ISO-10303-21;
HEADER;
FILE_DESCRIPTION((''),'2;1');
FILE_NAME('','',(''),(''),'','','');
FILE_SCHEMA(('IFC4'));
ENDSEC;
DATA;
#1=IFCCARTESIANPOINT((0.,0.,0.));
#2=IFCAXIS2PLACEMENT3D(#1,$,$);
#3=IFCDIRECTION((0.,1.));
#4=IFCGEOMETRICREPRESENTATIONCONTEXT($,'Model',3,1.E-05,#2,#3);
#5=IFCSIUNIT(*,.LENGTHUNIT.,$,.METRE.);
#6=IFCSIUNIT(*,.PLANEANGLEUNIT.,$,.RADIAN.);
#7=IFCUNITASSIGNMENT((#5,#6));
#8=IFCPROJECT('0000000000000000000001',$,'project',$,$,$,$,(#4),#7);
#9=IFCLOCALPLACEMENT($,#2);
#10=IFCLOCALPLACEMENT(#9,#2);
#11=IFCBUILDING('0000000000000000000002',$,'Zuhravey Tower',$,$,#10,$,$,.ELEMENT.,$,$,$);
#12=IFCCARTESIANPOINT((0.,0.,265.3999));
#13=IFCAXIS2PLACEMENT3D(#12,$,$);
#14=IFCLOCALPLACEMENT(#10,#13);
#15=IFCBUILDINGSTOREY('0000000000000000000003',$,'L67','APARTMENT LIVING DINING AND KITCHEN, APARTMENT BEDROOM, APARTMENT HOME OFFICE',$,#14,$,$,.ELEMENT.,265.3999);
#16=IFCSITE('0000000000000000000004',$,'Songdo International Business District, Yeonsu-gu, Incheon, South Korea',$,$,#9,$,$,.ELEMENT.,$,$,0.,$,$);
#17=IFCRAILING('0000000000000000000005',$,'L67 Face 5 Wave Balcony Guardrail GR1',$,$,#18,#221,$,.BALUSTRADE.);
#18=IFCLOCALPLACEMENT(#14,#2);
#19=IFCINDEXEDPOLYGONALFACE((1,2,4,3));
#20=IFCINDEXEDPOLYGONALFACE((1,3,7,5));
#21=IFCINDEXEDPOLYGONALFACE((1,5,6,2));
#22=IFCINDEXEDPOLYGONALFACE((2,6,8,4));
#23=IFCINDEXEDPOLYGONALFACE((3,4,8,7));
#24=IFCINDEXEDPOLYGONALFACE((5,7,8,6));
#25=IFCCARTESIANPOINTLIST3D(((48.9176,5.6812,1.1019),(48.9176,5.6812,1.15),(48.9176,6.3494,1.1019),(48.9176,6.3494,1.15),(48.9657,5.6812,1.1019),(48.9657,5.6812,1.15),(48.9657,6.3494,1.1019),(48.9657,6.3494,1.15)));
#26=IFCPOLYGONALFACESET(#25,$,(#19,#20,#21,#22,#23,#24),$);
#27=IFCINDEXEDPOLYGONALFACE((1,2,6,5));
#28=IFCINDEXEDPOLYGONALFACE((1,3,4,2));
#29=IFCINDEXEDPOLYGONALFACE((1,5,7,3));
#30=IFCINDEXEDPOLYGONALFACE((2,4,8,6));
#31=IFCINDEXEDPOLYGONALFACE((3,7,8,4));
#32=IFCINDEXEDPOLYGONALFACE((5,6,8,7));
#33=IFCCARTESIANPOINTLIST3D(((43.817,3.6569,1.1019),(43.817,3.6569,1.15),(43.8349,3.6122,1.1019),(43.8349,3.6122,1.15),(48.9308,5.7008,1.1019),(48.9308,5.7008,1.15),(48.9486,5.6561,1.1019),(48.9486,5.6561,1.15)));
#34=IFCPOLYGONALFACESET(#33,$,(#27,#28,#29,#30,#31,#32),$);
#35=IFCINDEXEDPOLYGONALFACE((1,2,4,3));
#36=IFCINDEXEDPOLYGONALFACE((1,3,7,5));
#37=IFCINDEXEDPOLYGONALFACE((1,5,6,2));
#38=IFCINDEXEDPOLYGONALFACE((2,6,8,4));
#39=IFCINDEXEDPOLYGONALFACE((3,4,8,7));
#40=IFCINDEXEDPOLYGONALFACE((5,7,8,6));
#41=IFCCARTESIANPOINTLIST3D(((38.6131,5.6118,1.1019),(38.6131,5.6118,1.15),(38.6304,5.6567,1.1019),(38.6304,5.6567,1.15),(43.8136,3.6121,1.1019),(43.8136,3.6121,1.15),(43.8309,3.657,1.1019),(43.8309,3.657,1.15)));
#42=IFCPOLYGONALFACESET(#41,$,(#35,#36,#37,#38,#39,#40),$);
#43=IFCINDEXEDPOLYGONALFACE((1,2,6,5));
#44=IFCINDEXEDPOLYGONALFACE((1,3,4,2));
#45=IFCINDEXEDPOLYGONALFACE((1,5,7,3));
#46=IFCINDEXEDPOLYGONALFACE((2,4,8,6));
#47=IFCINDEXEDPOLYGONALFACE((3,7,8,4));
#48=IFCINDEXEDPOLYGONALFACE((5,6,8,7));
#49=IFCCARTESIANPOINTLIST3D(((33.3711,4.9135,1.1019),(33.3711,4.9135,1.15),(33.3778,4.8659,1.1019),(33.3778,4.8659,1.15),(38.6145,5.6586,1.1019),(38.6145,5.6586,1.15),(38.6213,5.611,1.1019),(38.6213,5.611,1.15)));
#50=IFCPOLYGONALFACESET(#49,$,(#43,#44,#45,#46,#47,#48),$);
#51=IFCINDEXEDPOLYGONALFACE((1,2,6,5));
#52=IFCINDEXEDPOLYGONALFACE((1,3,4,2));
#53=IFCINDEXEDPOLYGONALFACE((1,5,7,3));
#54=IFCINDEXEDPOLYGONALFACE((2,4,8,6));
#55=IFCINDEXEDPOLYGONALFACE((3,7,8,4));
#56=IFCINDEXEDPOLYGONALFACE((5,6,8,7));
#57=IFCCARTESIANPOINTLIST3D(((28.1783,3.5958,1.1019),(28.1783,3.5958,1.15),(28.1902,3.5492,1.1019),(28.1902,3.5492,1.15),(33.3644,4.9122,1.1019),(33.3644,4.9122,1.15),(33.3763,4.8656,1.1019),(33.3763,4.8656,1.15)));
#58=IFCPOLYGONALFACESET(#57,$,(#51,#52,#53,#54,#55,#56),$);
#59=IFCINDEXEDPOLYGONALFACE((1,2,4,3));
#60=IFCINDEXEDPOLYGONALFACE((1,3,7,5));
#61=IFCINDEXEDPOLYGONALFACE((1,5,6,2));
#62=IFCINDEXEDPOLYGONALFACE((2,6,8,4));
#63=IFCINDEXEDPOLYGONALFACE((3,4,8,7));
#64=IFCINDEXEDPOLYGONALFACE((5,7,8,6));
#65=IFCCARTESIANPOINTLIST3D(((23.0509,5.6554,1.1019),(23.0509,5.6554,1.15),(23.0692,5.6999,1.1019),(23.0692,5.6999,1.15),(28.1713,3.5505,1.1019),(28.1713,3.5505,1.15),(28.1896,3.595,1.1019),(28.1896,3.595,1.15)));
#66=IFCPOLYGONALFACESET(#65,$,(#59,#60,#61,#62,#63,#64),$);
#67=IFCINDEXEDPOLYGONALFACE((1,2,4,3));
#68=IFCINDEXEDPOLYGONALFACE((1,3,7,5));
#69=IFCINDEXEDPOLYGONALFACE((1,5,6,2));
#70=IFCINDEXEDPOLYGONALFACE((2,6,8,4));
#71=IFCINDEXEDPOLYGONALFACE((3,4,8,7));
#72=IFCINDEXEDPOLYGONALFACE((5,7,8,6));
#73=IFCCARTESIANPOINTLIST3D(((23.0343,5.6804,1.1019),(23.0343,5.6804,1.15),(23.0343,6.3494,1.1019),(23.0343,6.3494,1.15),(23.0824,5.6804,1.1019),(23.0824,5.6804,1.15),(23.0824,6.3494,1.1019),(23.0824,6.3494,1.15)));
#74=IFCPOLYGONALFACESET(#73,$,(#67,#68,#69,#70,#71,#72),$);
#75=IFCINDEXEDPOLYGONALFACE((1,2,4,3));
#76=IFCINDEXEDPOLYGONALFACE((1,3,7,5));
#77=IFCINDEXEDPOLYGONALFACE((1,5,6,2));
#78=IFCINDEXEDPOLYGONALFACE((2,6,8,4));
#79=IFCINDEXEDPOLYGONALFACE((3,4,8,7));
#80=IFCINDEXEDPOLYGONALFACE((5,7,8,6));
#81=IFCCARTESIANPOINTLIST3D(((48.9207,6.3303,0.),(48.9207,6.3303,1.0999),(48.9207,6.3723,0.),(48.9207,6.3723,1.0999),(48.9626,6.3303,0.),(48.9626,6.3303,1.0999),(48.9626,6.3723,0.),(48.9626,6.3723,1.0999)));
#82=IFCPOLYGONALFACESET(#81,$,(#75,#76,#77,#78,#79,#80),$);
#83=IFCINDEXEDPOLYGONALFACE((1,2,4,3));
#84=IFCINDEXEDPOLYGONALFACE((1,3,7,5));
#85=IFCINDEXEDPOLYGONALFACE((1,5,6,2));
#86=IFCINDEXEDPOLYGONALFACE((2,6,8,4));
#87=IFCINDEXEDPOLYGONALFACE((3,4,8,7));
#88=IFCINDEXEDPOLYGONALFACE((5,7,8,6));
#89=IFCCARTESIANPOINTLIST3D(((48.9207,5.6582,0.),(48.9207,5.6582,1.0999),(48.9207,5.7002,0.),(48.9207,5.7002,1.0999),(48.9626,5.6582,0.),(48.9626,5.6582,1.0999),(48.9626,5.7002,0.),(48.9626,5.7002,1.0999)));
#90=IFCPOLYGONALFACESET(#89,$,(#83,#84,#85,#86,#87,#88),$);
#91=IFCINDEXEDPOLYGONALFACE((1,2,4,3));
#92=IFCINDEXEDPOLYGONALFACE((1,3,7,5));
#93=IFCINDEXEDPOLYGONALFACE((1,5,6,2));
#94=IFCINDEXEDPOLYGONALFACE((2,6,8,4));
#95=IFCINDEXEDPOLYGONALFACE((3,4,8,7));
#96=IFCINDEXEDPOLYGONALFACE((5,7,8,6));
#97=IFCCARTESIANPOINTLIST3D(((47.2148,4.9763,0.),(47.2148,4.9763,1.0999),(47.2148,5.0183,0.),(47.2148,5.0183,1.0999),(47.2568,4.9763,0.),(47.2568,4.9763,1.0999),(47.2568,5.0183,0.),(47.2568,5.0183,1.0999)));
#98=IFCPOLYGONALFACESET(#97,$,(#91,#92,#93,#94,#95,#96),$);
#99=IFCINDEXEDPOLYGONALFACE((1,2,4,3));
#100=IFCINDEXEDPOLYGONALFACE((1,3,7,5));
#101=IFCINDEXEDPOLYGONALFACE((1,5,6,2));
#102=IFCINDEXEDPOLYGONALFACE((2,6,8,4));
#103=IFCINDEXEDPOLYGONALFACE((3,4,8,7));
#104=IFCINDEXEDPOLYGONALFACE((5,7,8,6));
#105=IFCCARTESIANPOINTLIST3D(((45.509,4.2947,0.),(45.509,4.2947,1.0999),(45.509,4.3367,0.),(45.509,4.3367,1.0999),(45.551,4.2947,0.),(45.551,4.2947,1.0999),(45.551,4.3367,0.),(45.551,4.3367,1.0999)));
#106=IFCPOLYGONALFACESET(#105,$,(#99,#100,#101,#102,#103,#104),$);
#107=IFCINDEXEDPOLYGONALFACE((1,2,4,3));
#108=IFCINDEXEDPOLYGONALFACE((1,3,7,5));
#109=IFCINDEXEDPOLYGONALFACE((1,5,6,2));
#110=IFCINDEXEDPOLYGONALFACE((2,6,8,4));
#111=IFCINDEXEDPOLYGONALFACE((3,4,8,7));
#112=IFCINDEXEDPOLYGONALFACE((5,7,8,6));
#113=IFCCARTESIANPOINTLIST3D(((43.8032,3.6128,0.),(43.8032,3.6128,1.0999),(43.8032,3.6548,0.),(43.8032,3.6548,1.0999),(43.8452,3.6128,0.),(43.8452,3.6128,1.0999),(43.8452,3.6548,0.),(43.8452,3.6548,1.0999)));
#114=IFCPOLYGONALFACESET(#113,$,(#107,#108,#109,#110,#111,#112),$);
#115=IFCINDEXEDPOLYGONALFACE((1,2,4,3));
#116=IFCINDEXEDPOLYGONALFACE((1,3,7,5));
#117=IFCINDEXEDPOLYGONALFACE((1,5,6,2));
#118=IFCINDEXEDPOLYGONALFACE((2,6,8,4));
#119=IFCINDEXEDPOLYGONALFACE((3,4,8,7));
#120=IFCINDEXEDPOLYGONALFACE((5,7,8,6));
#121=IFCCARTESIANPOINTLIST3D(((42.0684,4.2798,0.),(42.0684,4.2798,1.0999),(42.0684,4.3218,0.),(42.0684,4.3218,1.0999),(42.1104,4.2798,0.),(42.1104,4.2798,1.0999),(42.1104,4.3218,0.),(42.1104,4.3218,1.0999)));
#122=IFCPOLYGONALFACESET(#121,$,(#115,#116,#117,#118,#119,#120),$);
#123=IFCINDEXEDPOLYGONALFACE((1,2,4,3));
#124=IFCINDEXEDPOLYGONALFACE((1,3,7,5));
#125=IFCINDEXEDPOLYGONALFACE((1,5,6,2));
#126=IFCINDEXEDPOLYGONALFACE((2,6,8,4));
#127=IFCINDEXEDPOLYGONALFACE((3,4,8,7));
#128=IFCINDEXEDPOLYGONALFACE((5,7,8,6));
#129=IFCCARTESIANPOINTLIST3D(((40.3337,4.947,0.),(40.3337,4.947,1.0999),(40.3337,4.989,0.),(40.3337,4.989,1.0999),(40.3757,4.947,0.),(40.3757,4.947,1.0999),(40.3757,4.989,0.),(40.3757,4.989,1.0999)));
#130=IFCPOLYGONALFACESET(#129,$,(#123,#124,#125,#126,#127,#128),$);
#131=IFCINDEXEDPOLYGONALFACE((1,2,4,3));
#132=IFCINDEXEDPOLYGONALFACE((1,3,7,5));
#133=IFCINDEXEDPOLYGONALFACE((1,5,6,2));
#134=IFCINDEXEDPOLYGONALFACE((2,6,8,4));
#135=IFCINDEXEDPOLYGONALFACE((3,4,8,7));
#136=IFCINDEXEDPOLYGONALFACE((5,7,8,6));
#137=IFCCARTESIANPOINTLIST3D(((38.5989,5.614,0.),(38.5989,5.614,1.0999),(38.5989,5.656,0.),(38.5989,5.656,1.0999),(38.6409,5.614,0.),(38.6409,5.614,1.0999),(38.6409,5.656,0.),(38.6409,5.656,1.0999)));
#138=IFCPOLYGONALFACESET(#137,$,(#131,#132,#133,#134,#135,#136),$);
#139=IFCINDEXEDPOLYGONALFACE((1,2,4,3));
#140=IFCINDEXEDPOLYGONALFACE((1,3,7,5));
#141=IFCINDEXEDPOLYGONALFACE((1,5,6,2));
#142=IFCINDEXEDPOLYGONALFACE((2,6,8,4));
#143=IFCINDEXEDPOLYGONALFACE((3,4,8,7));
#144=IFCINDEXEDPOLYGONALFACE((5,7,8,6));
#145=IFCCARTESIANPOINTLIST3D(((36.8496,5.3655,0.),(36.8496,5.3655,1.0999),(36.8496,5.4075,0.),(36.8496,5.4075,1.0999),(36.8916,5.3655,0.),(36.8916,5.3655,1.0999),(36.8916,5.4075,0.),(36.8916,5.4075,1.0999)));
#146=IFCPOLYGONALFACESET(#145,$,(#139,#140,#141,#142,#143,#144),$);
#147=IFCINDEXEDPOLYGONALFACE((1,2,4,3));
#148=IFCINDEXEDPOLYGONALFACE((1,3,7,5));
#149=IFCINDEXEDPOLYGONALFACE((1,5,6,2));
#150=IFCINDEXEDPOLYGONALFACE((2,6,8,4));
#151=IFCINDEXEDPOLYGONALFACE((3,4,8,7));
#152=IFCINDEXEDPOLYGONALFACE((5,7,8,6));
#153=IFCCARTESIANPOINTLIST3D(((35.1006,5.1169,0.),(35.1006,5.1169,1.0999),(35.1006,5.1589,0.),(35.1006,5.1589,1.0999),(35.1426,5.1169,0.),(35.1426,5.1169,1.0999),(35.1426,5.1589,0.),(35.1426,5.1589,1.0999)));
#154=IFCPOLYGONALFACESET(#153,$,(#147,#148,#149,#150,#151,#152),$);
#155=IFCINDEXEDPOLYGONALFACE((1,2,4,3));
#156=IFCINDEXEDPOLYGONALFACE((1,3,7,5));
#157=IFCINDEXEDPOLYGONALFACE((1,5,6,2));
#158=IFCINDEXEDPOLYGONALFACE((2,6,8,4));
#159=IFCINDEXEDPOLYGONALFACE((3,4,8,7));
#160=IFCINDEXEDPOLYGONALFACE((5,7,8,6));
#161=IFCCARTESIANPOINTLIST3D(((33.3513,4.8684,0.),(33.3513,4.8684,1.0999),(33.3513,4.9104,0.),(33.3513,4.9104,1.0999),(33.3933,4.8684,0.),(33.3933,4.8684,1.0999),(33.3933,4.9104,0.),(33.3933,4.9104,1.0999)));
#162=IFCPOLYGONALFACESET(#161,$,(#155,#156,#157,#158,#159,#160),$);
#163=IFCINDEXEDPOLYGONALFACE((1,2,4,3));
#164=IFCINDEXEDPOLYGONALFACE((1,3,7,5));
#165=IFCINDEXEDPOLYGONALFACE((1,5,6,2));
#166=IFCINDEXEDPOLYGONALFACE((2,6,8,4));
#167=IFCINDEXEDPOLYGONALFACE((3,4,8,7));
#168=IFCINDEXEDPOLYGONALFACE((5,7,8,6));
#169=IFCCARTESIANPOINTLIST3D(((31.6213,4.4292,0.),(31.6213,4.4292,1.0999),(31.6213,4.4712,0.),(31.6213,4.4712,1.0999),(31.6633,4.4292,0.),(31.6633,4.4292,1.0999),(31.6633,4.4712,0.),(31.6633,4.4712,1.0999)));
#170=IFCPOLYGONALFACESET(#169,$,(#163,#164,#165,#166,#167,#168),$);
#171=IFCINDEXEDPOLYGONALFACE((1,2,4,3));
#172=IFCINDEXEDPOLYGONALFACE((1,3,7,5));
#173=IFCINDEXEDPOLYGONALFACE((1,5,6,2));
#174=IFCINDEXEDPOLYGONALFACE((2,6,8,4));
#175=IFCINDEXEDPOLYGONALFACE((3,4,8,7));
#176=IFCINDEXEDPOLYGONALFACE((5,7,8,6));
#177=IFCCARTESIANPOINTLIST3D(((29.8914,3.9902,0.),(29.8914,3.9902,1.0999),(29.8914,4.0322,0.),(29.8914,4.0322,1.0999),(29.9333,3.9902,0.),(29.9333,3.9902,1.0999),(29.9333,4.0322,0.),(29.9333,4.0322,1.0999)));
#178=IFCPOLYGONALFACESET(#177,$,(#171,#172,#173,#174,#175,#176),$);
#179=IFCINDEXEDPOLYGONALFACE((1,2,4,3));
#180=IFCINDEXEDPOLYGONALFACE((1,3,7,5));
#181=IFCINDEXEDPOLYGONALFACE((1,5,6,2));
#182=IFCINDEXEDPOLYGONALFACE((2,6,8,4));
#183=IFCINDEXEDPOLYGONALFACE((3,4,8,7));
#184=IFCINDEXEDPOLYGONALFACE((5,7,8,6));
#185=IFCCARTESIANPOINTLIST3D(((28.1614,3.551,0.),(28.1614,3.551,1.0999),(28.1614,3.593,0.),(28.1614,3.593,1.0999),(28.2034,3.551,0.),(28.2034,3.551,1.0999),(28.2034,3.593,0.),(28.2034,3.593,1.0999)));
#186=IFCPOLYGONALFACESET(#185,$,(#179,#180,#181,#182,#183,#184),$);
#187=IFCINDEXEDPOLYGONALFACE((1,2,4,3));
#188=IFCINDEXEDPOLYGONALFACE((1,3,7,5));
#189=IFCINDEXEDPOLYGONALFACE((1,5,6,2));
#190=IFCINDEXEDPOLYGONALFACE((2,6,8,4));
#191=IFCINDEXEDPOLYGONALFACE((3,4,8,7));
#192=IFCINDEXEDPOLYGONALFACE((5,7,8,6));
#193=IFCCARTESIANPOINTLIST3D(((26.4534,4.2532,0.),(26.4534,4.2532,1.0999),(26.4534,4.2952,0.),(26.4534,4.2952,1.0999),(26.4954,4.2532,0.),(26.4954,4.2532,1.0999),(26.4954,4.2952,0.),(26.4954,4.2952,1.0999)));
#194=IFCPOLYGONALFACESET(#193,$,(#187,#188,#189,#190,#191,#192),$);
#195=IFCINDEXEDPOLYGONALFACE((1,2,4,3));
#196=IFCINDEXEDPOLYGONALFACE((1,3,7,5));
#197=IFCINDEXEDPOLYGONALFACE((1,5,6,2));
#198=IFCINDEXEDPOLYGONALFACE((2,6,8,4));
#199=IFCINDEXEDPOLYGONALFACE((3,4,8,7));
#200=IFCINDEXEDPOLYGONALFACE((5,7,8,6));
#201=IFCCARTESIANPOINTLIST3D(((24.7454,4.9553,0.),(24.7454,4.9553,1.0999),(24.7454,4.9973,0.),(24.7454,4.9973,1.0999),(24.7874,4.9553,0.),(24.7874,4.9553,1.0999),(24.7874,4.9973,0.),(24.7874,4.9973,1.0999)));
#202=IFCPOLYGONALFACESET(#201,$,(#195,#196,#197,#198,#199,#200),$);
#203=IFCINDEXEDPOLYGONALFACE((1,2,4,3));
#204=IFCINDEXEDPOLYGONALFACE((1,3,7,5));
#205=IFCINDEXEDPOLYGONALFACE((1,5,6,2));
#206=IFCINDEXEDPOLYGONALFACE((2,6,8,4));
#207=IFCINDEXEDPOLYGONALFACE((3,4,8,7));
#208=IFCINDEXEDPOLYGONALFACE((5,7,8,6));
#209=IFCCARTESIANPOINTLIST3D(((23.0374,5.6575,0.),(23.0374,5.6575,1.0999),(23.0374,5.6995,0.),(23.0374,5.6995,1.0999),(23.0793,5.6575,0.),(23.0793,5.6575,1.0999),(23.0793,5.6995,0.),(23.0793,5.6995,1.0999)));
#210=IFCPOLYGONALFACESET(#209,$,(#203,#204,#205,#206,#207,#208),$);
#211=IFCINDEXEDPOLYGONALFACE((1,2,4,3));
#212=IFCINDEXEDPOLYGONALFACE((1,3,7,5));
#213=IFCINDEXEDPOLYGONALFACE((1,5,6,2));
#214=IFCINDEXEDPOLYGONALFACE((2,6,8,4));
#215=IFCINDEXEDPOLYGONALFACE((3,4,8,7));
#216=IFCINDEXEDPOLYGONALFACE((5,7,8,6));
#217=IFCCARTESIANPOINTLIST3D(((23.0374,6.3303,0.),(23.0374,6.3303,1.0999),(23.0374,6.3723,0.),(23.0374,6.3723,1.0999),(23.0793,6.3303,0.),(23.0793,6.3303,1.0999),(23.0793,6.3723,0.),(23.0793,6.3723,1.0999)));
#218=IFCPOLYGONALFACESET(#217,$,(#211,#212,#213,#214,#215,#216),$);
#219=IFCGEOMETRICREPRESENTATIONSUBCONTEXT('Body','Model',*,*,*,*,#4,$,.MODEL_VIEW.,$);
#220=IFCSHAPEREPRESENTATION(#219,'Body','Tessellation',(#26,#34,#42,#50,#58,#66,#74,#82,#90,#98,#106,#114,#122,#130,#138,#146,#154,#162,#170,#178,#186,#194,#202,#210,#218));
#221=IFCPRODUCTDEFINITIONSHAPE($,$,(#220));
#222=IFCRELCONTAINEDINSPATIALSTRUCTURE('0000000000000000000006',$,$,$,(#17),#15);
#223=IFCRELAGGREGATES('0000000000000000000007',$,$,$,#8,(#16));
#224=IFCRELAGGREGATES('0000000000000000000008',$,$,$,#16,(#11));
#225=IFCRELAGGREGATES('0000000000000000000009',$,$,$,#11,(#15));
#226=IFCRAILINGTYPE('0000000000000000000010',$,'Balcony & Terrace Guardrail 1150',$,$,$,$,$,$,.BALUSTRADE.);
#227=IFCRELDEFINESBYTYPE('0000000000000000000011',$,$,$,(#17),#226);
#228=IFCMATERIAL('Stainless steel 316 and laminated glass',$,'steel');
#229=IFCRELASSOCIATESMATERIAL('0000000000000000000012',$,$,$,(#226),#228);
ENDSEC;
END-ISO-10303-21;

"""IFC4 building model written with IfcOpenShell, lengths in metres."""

from ifc_helpers import new_model, si_unit, direction, frame, origin, origin_2d, place, context, subcontext, project, spatial, rectangle, extrude, material, type_object, element, save


model = new_model("IFC4")

# Units and contexts
model_context = context("Model", 3, precision=1e-05, world=origin(), true_north=direction((0.0, 1.0)))
body_context = subcontext(model_context, "Body", "Model", "MODEL_VIEW")
ifc_project = project(units=[si_unit("LENGTHUNIT", "METRE"), si_unit("PLANEANGLEUNIT", "RADIAN")], contexts=[model_context])

# Site, building, storey
site_placement = place(None, origin())
site = spatial("IfcSite", under=ifc_project, at=site_placement, Name="Songdo International Business District, Yeonsu-gu, Incheon, South Korea", CompositionType="ELEMENT", RefElevation=0.0)
building_placement = place(site_placement, origin())
building = spatial("IfcBuilding", under=site, at=building_placement, Name="Zuhravey Tower", CompositionType="ELEMENT")
storey_placement = place(building_placement, frame((0.0, 0.0, 265.3999)))
storey = spatial("IfcBuildingStorey", under=building, at=storey_placement, Name="L67", Description="APARTMENT LIVING DINING AND KITCHEN, APARTMENT BEDROOM, APARTMENT HOME OFFICE", CompositionType="ELEMENT", Elevation=265.3999)

# Railing
ifc_material_1 = material(Name="Stainless steel 316 and laminated glass", Category="steel")
railing_type = type_object("IfcRailingType", Name="Balcony & Terrace Guardrail 1150", PredefinedType="BALUSTRADE", material=ifc_material_1)
railing_placement = place(storey_placement, frame((48.9417, 6.3513, 0.0)))
element("IfcRailing", 1, at=railing_placement, inside=storey, type_object=railing_type, Name="L67 Face 5 Wave Balcony Guardrail GR1", PredefinedType="BALUSTRADE", context=body_context, shape_type="SweptSolid", body=[
    extrude(rectangle(XDim=0.0481, YDim=0.0481, at=origin_2d()), frame((0.0, -0.002, 1.126), z_axis=(0.0, -1.0, 0.0), x_axis=(1.0, 0.0, 0.0)), (0.0, 0.0, 1.0), 0.6682),
    extrude(rectangle(XDim=0.0481, YDim=0.0481, at=origin_2d()), frame((-0.002, -0.6729, 1.126), z_axis=(-0.928574, -0.371146, 0.0), x_axis=(0.371146, -0.928574, 0.0)), (0.0, 0.0, 1.0), 5.5071),
    extrude(rectangle(XDim=0.0481, YDim=0.0481, at=origin_2d()), frame((-5.1194, -2.7168, 1.126), z_axis=(-0.933373, 0.358909, 0.0), x_axis=(-0.358909, -0.933373, 0.0)), (0.0, 0.0, 1.0), 5.5718),
    extrude(rectangle(XDim=0.0481, YDim=0.0481, at=origin_2d()), frame((-10.3237, -0.7166, 1.126), z_axis=(-0.990056, -0.140673, 0.0), x_axis=(0.140673, -0.990056, 0.0)), (0.0, 0.0, 1.0), 5.2961),
    extrude(rectangle(XDim=0.0481, YDim=0.0481, at=origin_2d()), frame((-15.5713, -1.4624, 1.126), z_axis=(-0.969262, -0.246031, 0.0), x_axis=(0.246031, -0.969262, 0.0)), (0.0, 0.0, 1.0), 5.3506),
    extrude(rectangle(XDim=0.0481, YDim=0.0481, at=origin_2d()), frame((-20.7612, -2.7786, 1.126), z_axis=(-0.924897, 0.380218, 0.0), x_axis=(-0.380218, -0.924897, 0.0)), (0.0, 0.0, 1.0), 5.5361),
    extrude(rectangle(XDim=0.0481, YDim=0.0481, at=origin_2d()), frame((-25.8833, -0.6709, 1.126), z_axis=(0.0, 1.0, 0.0), x_axis=(-1.0, 0.0, 0.0)), (0.0, 0.0, 1.0), 0.6689),
    extrude(rectangle(XDim=0.042, YDim=0.042, at=origin_2d()), origin(), (0.0, 0.0, 1.0), 1.0999),
    extrude(rectangle(XDim=0.042, YDim=0.042, at=origin_2d()), frame((0.0, -0.6721, 0.0)), (0.0, 0.0, 1.0), 1.0999),
    extrude(rectangle(XDim=0.042, YDim=0.042, at=origin_2d()), frame((-1.7058, -1.354, 0.0)), (0.0, 0.0, 1.0), 1.0999),
    extrude(rectangle(XDim=0.042, YDim=0.042, at=origin_2d()), frame((-3.4116, -2.0356, 0.0)), (0.0, 0.0, 1.0), 1.0999),
    extrude(rectangle(XDim=0.042, YDim=0.042, at=origin_2d()), frame((-5.1174, -2.7175, 0.0)), (0.0, 0.0, 1.0), 1.0999),
    extrude(rectangle(XDim=0.042, YDim=0.042, at=origin_2d()), frame((-6.8523, -2.0505, 0.0)), (0.0, 0.0, 1.0), 1.0999),
    extrude(rectangle(XDim=0.042, YDim=0.042, at=origin_2d()), frame((-8.5869, -1.3833, 0.0)), (0.0, 0.0, 1.0), 1.0999),
    extrude(rectangle(XDim=0.042, YDim=0.042, at=origin_2d()), frame((-10.3218, -0.7163, 0.0)), (0.0, 0.0, 1.0), 1.0999),
    extrude(rectangle(XDim=0.042, YDim=0.042, at=origin_2d()), frame((-12.071, -0.9648, 0.0)), (0.0, 0.0, 1.0), 1.0999),
    extrude(rectangle(XDim=0.042, YDim=0.042, at=origin_2d()), frame((-13.8201, -1.2134, 0.0)), (0.0, 0.0, 1.0), 1.0999),
    extrude(rectangle(XDim=0.042, YDim=0.042, at=origin_2d()), frame((-15.5693, -1.4619, 0.0)), (0.0, 0.0, 1.0), 1.0999),
    extrude(rectangle(XDim=0.042, YDim=0.042, at=origin_2d()), frame((-17.2993, -1.9011, 0.0)), (0.0, 0.0, 1.0), 1.0999),
    extrude(rectangle(XDim=0.042, YDim=0.042, at=origin_2d()), frame((-19.0293, -2.3401, 0.0)), (0.0, 0.0, 1.0), 1.0999),
    extrude(rectangle(XDim=0.042, YDim=0.042, at=origin_2d()), frame((-20.7593, -2.7793, 0.0)), (0.0, 0.0, 1.0), 1.0999),
    extrude(rectangle(XDim=0.042, YDim=0.042, at=origin_2d()), frame((-22.4673, -2.0771, 0.0)), (0.0, 0.0, 1.0), 1.0999),
    extrude(rectangle(XDim=0.042, YDim=0.042, at=origin_2d()), frame((-24.1753, -1.375, 0.0)), (0.0, 0.0, 1.0), 1.0999),
    extrude(rectangle(XDim=0.042, YDim=0.042, at=origin_2d()), frame((-25.8833, -0.6729, 0.0)), (0.0, 0.0, 1.0), 1.0999),
    extrude(rectangle(XDim=0.042, YDim=0.042, at=origin_2d()), frame((-25.8833, 0.0, 0.0)), (0.0, 0.0, 1.0), 1.0999),
])

save(model, "model.ifc")
